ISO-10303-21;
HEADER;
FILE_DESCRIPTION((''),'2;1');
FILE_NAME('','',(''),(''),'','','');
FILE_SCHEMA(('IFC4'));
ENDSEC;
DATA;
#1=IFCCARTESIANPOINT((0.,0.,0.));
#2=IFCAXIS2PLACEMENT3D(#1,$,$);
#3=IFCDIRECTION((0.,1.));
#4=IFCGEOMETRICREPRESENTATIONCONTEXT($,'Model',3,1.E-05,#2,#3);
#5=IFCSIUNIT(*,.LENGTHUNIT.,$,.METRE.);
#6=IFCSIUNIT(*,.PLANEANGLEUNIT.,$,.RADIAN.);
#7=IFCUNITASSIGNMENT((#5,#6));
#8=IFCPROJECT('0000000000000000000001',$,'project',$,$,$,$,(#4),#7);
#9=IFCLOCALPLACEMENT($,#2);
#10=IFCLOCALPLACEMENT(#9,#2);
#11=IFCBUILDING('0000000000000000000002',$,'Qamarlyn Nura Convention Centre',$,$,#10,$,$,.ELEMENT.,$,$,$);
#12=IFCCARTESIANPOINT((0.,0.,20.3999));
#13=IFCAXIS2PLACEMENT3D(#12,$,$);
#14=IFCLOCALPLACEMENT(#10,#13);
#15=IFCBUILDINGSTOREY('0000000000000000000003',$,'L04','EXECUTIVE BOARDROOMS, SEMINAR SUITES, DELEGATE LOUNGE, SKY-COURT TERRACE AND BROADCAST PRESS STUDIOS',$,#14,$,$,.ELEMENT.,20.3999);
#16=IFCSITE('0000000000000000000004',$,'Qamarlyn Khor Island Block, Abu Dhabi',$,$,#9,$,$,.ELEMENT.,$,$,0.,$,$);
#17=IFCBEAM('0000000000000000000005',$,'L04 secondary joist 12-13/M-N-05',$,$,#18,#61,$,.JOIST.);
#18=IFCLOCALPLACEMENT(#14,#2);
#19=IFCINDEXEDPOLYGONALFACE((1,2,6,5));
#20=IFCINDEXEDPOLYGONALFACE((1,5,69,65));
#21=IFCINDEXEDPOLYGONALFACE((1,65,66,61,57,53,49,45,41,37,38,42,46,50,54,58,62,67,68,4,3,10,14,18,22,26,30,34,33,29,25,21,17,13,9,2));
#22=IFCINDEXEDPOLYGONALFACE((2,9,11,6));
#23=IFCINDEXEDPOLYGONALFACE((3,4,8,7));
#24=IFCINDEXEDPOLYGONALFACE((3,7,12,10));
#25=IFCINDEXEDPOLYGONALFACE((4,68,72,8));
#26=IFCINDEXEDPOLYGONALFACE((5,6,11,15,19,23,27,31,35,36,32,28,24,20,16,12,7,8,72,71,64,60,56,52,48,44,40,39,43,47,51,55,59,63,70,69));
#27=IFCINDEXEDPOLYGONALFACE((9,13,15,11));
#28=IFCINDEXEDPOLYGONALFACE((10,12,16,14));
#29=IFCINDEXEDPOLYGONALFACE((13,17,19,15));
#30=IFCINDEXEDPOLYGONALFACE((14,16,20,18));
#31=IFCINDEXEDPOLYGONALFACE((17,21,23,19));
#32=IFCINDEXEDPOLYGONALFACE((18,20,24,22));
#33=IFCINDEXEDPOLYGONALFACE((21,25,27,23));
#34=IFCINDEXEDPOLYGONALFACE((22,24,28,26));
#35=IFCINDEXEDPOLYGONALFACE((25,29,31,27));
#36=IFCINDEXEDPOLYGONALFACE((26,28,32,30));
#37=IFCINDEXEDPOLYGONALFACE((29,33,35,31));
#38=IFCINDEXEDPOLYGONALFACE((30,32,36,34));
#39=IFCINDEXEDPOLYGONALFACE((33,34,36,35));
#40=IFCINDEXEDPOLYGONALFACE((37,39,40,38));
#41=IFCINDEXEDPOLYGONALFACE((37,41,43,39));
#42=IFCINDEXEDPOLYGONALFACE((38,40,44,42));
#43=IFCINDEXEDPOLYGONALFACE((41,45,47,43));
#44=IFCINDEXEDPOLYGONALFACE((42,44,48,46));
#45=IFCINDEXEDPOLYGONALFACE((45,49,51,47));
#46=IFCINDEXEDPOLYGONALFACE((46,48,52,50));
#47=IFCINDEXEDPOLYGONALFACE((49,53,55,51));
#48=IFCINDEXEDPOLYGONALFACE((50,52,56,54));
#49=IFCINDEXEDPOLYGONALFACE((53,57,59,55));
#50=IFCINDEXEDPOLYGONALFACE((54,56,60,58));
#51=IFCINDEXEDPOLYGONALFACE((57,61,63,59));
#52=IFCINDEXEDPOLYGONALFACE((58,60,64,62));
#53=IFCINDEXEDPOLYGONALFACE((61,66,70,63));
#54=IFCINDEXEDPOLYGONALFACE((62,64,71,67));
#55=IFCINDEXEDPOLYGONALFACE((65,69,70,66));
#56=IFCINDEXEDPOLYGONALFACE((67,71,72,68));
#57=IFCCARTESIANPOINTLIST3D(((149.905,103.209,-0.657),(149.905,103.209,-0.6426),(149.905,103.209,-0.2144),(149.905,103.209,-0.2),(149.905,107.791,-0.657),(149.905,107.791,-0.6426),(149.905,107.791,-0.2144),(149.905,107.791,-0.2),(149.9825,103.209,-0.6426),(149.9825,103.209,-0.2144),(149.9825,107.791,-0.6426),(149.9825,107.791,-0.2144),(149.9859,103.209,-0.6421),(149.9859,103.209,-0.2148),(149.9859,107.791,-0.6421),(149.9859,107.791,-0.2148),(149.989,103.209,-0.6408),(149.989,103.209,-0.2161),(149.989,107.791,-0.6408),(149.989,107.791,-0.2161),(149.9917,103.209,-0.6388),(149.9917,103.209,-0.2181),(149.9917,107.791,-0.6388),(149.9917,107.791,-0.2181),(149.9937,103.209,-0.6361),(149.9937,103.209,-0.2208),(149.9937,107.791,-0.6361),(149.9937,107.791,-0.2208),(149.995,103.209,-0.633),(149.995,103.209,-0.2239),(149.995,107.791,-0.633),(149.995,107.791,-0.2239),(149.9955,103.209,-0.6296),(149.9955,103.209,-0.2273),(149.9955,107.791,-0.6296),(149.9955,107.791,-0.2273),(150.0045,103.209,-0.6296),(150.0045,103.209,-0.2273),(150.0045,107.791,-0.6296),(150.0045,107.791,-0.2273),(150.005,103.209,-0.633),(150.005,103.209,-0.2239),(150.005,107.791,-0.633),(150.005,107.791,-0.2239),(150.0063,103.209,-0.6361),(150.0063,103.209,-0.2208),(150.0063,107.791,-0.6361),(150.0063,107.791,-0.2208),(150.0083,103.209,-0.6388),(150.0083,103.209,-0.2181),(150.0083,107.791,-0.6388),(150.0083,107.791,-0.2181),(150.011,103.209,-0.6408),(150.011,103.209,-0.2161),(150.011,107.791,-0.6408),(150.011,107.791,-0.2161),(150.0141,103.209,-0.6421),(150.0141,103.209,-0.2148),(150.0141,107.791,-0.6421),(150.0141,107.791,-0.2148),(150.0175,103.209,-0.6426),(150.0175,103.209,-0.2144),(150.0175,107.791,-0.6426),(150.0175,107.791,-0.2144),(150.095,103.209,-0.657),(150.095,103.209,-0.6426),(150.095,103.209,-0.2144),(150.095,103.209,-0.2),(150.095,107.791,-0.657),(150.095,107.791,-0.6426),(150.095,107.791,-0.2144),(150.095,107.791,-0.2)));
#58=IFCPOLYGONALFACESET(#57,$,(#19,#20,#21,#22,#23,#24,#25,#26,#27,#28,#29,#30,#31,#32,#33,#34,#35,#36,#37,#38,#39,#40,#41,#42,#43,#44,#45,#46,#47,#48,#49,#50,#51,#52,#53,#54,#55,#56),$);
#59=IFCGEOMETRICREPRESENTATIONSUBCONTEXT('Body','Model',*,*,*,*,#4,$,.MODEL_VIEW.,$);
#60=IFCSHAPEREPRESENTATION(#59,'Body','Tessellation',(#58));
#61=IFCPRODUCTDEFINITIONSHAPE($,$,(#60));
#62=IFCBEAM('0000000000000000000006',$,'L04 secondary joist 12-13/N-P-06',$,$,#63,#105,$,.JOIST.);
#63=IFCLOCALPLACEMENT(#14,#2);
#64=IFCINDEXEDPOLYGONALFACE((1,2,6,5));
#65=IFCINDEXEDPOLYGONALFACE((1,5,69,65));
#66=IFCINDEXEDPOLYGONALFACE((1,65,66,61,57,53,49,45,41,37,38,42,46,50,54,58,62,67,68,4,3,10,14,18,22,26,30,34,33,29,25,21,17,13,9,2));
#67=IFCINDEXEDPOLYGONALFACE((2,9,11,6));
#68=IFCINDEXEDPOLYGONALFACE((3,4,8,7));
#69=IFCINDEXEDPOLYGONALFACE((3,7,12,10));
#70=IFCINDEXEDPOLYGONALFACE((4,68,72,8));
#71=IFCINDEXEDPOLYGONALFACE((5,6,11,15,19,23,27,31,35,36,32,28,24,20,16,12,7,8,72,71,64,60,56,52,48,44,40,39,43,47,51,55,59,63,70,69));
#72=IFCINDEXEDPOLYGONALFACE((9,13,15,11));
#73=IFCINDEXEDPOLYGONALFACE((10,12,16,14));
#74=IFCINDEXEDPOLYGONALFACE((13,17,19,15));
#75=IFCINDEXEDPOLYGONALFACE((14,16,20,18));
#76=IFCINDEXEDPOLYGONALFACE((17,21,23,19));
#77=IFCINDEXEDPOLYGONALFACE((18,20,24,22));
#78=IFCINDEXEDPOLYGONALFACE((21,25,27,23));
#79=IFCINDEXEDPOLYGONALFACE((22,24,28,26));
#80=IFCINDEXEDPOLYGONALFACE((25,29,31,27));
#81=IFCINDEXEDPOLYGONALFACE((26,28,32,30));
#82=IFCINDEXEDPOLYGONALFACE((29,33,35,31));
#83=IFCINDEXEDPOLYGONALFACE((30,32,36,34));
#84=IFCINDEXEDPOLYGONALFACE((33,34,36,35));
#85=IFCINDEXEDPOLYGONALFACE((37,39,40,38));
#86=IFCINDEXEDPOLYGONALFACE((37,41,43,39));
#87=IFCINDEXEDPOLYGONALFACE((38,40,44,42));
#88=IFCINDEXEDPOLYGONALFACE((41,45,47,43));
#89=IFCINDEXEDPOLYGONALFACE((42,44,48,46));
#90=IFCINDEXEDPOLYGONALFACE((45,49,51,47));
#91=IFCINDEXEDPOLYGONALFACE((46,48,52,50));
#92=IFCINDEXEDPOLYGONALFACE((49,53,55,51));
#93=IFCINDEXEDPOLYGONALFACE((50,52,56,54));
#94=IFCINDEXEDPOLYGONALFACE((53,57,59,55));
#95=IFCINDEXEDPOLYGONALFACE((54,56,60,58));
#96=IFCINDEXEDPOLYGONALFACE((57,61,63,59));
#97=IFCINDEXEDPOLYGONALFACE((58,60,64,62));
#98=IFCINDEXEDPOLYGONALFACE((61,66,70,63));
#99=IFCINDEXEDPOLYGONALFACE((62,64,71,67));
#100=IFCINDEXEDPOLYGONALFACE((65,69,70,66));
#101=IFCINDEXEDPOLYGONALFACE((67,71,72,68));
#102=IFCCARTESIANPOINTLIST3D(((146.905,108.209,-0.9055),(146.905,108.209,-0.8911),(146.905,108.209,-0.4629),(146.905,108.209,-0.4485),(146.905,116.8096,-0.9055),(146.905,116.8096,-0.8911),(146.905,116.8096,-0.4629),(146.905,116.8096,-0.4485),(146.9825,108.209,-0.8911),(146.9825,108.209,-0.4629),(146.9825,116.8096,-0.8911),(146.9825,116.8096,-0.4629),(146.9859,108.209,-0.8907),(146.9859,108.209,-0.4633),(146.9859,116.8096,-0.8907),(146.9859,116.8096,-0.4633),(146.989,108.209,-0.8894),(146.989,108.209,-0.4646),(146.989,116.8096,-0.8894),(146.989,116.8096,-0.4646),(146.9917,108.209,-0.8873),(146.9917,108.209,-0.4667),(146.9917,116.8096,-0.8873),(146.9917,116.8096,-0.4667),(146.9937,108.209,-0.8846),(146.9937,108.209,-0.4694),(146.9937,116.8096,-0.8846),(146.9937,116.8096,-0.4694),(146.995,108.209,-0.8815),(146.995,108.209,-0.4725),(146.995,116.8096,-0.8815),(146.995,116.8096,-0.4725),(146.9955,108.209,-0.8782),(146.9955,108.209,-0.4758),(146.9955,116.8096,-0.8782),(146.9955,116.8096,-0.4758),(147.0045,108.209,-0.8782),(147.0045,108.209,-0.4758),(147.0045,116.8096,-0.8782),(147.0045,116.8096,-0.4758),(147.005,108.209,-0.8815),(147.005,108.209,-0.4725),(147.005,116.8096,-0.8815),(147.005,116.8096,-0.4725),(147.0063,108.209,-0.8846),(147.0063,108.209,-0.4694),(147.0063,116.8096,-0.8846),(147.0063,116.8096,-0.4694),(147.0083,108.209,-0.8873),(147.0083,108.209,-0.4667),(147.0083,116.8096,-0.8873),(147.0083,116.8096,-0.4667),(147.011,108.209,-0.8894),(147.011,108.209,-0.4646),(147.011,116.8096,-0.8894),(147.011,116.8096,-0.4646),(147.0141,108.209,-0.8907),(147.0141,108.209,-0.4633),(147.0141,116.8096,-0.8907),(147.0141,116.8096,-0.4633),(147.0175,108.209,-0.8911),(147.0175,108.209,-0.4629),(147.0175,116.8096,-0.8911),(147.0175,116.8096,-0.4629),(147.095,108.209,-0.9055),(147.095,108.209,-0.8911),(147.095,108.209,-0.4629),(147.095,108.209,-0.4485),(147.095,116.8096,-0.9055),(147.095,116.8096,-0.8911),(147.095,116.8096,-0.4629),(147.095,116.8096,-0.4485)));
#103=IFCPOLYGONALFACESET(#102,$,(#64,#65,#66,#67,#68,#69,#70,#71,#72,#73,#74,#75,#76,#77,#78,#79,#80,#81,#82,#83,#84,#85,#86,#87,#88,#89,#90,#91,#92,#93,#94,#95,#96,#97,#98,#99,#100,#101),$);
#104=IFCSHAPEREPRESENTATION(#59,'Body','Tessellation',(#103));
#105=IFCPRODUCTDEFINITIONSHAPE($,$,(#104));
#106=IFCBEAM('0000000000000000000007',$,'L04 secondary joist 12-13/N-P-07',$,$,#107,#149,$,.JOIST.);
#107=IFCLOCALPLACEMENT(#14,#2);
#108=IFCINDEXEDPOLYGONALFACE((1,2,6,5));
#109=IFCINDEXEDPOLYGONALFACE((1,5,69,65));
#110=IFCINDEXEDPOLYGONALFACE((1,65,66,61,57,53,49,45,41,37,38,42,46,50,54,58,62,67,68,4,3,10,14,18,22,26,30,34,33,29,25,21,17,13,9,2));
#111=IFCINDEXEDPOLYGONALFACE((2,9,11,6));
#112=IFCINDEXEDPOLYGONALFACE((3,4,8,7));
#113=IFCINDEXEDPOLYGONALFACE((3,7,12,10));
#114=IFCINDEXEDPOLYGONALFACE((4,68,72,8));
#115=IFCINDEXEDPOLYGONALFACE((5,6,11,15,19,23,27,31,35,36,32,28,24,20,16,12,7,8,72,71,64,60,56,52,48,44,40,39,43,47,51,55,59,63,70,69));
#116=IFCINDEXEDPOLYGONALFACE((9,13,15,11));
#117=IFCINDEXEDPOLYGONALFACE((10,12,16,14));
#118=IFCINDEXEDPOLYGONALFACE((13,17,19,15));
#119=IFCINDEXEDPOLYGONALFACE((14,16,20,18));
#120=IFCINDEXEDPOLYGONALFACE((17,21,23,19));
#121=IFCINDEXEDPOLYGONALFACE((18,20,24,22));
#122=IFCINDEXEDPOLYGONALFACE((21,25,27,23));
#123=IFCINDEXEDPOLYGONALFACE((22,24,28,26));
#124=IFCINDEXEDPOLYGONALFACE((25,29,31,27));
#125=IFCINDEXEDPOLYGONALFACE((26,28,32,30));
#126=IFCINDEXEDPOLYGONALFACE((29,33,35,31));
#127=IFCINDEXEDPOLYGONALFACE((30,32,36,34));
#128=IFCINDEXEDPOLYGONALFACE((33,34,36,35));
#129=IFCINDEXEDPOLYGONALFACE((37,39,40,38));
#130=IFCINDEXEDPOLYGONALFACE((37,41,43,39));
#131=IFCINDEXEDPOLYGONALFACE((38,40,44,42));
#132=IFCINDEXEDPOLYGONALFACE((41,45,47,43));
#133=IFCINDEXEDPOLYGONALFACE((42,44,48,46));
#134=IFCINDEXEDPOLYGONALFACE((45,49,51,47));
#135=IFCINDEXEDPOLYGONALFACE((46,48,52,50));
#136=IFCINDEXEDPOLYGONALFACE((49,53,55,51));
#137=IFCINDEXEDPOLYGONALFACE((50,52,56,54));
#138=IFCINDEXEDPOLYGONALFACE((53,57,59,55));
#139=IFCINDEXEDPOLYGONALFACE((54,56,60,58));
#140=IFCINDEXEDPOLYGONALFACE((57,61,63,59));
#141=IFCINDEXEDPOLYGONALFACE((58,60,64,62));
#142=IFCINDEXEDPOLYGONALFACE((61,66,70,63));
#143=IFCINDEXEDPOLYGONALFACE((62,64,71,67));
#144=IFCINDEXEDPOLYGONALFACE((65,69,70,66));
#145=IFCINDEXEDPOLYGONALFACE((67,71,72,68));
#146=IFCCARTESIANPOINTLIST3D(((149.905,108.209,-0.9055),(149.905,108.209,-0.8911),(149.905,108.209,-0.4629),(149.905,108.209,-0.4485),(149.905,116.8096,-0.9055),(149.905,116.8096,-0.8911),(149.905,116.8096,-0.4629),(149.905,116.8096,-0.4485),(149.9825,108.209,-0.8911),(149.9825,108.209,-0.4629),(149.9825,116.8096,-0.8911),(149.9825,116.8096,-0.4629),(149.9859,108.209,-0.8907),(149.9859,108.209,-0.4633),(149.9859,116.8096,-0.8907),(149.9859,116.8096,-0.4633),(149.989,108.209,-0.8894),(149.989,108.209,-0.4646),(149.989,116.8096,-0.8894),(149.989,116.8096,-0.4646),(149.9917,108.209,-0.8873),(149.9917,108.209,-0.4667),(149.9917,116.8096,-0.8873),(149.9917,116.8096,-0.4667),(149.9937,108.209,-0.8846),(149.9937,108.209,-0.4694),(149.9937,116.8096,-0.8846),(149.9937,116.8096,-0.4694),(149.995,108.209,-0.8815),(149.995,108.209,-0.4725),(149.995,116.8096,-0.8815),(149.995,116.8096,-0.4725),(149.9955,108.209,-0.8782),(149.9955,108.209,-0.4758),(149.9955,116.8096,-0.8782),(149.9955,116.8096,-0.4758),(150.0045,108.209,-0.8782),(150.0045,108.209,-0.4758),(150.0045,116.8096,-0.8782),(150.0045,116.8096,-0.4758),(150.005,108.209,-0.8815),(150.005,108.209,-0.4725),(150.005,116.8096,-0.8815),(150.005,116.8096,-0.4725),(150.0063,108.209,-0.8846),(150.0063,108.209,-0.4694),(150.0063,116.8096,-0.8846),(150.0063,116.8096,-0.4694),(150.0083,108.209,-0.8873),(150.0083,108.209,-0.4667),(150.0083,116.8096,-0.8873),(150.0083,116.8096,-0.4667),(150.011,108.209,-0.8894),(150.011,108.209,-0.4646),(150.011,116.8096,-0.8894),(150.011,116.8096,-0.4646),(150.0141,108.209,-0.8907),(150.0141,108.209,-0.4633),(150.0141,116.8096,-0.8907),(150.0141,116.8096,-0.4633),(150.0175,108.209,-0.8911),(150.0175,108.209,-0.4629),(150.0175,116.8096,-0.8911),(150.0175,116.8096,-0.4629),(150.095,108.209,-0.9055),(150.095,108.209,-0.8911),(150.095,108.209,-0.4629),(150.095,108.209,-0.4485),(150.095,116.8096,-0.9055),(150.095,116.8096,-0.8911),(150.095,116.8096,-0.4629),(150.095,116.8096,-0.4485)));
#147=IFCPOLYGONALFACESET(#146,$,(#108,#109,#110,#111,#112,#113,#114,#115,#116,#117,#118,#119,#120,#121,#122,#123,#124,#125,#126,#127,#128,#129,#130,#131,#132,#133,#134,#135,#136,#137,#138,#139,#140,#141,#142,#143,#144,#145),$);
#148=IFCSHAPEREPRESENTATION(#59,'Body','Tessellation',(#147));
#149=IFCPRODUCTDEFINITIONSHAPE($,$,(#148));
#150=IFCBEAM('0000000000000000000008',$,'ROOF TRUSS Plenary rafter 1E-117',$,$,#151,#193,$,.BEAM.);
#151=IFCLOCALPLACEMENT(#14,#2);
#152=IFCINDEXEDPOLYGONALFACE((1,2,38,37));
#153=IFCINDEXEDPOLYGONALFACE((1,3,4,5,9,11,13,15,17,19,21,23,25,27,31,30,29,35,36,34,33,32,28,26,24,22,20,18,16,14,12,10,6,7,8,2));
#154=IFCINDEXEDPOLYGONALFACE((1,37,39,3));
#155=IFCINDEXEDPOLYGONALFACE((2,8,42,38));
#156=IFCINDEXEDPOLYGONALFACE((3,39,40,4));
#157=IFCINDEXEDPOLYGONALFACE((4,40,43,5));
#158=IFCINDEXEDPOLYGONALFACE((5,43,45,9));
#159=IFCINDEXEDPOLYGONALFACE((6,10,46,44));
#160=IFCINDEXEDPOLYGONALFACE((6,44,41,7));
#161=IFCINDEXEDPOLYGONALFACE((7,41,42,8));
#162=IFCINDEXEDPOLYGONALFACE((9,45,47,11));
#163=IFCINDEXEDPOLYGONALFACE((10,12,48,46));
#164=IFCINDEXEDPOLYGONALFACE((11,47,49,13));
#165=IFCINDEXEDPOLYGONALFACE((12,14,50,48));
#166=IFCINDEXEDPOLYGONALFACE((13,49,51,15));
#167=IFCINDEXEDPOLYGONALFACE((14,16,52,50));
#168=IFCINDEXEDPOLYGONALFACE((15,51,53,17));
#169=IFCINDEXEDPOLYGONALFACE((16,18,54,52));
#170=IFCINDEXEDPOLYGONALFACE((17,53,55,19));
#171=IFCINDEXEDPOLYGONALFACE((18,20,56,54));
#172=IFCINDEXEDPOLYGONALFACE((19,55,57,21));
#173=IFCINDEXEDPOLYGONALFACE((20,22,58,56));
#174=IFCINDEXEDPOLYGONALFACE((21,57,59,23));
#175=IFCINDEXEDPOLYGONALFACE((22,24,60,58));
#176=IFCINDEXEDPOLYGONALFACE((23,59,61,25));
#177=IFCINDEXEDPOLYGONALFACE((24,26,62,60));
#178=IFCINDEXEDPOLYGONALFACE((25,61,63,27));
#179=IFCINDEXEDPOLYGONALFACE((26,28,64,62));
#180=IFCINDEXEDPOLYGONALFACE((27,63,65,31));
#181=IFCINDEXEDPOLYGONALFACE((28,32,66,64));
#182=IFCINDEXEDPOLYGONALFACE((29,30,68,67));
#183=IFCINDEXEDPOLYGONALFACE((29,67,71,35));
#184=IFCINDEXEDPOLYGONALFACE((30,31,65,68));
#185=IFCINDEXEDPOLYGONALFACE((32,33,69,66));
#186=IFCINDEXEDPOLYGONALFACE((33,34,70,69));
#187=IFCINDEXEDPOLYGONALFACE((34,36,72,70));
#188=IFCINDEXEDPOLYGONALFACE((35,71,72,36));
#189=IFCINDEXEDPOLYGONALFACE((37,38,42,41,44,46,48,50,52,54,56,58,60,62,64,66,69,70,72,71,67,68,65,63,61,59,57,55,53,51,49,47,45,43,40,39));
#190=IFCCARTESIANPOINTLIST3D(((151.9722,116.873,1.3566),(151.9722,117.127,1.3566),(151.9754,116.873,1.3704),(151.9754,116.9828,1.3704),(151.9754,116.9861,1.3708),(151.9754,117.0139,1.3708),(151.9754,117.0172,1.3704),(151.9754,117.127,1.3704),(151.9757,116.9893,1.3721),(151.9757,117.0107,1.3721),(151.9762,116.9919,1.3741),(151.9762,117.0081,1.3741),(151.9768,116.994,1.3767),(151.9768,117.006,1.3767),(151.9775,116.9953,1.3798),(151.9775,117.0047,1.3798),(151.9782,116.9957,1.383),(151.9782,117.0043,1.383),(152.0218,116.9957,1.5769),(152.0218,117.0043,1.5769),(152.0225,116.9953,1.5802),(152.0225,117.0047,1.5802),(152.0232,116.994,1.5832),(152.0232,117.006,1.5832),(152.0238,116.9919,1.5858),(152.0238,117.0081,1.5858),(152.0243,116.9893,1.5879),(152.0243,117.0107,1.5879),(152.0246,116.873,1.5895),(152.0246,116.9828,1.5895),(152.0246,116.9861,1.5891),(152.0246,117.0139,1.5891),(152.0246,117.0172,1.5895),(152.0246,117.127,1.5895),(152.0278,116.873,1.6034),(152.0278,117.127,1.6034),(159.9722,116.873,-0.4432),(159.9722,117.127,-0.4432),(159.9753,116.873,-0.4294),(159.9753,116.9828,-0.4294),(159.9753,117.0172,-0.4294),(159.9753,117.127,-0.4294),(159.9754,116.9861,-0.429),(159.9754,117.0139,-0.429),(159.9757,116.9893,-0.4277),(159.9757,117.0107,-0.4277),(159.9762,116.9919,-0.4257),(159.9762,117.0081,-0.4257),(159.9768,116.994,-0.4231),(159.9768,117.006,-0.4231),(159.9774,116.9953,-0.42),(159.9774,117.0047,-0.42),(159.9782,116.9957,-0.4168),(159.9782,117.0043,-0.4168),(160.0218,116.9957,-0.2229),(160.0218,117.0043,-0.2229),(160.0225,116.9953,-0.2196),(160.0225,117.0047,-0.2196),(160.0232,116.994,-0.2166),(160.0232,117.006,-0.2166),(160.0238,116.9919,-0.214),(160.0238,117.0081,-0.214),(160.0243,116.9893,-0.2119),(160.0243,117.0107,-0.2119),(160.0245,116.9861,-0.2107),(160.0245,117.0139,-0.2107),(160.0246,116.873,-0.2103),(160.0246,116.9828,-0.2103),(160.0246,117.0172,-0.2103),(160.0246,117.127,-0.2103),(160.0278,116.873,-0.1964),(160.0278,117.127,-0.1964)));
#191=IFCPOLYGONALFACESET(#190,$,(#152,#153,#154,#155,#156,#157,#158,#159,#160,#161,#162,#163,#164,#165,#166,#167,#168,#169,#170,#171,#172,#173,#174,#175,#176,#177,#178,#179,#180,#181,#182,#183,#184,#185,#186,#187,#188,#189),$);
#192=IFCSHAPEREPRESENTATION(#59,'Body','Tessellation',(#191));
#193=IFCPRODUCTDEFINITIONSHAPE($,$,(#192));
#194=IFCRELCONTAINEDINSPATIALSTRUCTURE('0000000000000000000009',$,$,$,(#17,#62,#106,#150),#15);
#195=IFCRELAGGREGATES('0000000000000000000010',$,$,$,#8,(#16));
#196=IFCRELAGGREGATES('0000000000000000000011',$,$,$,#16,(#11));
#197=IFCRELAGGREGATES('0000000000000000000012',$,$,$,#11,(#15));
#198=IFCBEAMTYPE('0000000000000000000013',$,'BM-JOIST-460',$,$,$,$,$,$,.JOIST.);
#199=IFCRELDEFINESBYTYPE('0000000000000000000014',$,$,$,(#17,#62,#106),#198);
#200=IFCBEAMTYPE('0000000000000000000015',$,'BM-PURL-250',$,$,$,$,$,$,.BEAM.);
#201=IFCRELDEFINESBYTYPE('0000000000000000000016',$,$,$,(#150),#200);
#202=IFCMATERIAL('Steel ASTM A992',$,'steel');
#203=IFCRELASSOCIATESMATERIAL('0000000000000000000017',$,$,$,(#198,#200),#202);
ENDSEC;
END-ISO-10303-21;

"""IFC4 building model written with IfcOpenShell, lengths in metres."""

from ifc_helpers import new_model, si_unit, direction, frame, origin, origin_2d, place, context, subcontext, project, spatial, i_section, extrude, material, material_profile, profile_set, type_object, element, save


model = new_model("IFC4")

# Units and contexts
model_context = context("Model", 3, precision=1e-05, world=origin(), true_north=direction((0.0, 1.0)))
body_context = subcontext(model_context, "Body", "Model", "MODEL_VIEW")
ifc_project = project(units=[si_unit("LENGTHUNIT", "METRE"), si_unit("PLANEANGLEUNIT", "RADIAN")], contexts=[model_context])

# Site, building, storey
site_placement = place(None, origin())
site = spatial("IfcSite", under=ifc_project, at=site_placement, Name="Qamarlyn Khor Island Block, Abu Dhabi", CompositionType="ELEMENT", RefElevation=0.0)
building_placement = place(site_placement, origin())
building = spatial("IfcBuilding", under=site, at=building_placement, Name="Qamarlyn Nura Convention Centre", CompositionType="ELEMENT")
storey_placement = place(building_placement, frame((0.0, 0.0, 20.3999)))
storey = spatial("IfcBuildingStorey", under=building, at=storey_placement, Name="L04", Description="EXECUTIVE BOARDROOMS, SEMINAR SUITES, DELEGATE LOUNGE, SKY-COURT TERRACE AND BROADCAST PRESS STUDIOS", CompositionType="ELEMENT", Elevation=20.3999)

# Shared definitions
ifc_material_1 = material(Name="Steel ASTM A992", Category="steel")

# Beams
ifc_material_profile_1 = material_profile(ifc_material_1, i_section(OverallWidth=0.1899, OverallDepth=0.457, WebThickness=0.009, FlangeThickness=0.0144, FilletRadius=0.0129, at=origin_2d()), Name="W460X74")
ifc_profile_set_1 = profile_set([ifc_material_profile_1], Name="Steel ASTM A992")
beam_type_1 = type_object("IfcBeamType", Name="BM-JOIST-460", PredefinedType="JOIST", material=ifc_profile_set_1)
for number, where, z_axis, x_axis, name in (
    (1, (150.0, 103.209, -0.4285), (0.0, 1.0, 0.0), (-1.0, 0.0, 0.0), "L04 secondary joist 12-13/M-N-05"),
):
    element("IfcBeam", number, at=place(storey_placement, frame(where, z_axis=z_axis, x_axis=x_axis)), inside=storey, type_object=beam_type_1, Name=name, PredefinedType="JOIST", context=body_context, shape_type="SweptSolid", body=[
        extrude(i_section(OverallWidth=0.1899, OverallDepth=0.457, WebThickness=0.009, FlangeThickness=0.0144, FilletRadius=0.0129, at=origin_2d()), origin(), (0.0, 0.0, 1.0), 4.582),
    ])
for number, where, z_axis, x_axis, name in (
    (2, (147.0, 108.209, -0.677), (0.0, 1.0, 0.0), (-1.0, 0.0, 0.0), "L04 secondary joist 12-13/N-P-06"),
    (3, (150.0, 108.209, -0.677), (0.0, 1.0, 0.0), (-1.0, 0.0, 0.0), "L04 secondary joist 12-13/N-P-07"),
):
    element("IfcBeam", number, at=place(storey_placement, frame(where, z_axis=z_axis, x_axis=x_axis)), inside=storey, type_object=beam_type_1, Name=name, PredefinedType="JOIST", context=body_context, shape_type="SweptSolid", body=[
        extrude(i_section(OverallWidth=0.1899, OverallDepth=0.457, WebThickness=0.009, FlangeThickness=0.0144, FilletRadius=0.0129, at=origin_2d()), origin(), (0.0, 0.0, 1.0), 8.6006),
    ])
ifc_material_profile_2 = material_profile(ifc_material_1, i_section(OverallWidth=0.2539, OverallDepth=0.2529, WebThickness=0.0085, FlangeThickness=0.0142, FilletRadius=0.0129, at=origin_2d()), Name="W250X73")
ifc_profile_set_2 = profile_set([ifc_material_profile_2], Name="Steel ASTM A992")
beam_type_2 = type_object("IfcBeamType", Name="BM-PURL-250", PredefinedType="BEAM", material=ifc_profile_set_2)
for number, where, z_axis, x_axis, name in (
    (4, (152.0, 117.0, 1.48), (0.975615, 0.0, -0.21949), (0.0, 1.0, 0.0), "ROOF TRUSS Plenary rafter 1E-117"),
):
    element("IfcBeam", number, at=place(storey_placement, frame(where, z_axis=z_axis, x_axis=x_axis)), inside=storey, type_object=beam_type_2, Name=name, PredefinedType="BEAM", context=body_context, shape_type="SweptSolid", body=[
        extrude(i_section(OverallWidth=0.2539, OverallDepth=0.2529, WebThickness=0.0085, FlangeThickness=0.0142, FilletRadius=0.0129, at=origin_2d()), origin(), (0.0, 0.0, 1.0), 8.2),
    ])

save(model, "model.ifc")
